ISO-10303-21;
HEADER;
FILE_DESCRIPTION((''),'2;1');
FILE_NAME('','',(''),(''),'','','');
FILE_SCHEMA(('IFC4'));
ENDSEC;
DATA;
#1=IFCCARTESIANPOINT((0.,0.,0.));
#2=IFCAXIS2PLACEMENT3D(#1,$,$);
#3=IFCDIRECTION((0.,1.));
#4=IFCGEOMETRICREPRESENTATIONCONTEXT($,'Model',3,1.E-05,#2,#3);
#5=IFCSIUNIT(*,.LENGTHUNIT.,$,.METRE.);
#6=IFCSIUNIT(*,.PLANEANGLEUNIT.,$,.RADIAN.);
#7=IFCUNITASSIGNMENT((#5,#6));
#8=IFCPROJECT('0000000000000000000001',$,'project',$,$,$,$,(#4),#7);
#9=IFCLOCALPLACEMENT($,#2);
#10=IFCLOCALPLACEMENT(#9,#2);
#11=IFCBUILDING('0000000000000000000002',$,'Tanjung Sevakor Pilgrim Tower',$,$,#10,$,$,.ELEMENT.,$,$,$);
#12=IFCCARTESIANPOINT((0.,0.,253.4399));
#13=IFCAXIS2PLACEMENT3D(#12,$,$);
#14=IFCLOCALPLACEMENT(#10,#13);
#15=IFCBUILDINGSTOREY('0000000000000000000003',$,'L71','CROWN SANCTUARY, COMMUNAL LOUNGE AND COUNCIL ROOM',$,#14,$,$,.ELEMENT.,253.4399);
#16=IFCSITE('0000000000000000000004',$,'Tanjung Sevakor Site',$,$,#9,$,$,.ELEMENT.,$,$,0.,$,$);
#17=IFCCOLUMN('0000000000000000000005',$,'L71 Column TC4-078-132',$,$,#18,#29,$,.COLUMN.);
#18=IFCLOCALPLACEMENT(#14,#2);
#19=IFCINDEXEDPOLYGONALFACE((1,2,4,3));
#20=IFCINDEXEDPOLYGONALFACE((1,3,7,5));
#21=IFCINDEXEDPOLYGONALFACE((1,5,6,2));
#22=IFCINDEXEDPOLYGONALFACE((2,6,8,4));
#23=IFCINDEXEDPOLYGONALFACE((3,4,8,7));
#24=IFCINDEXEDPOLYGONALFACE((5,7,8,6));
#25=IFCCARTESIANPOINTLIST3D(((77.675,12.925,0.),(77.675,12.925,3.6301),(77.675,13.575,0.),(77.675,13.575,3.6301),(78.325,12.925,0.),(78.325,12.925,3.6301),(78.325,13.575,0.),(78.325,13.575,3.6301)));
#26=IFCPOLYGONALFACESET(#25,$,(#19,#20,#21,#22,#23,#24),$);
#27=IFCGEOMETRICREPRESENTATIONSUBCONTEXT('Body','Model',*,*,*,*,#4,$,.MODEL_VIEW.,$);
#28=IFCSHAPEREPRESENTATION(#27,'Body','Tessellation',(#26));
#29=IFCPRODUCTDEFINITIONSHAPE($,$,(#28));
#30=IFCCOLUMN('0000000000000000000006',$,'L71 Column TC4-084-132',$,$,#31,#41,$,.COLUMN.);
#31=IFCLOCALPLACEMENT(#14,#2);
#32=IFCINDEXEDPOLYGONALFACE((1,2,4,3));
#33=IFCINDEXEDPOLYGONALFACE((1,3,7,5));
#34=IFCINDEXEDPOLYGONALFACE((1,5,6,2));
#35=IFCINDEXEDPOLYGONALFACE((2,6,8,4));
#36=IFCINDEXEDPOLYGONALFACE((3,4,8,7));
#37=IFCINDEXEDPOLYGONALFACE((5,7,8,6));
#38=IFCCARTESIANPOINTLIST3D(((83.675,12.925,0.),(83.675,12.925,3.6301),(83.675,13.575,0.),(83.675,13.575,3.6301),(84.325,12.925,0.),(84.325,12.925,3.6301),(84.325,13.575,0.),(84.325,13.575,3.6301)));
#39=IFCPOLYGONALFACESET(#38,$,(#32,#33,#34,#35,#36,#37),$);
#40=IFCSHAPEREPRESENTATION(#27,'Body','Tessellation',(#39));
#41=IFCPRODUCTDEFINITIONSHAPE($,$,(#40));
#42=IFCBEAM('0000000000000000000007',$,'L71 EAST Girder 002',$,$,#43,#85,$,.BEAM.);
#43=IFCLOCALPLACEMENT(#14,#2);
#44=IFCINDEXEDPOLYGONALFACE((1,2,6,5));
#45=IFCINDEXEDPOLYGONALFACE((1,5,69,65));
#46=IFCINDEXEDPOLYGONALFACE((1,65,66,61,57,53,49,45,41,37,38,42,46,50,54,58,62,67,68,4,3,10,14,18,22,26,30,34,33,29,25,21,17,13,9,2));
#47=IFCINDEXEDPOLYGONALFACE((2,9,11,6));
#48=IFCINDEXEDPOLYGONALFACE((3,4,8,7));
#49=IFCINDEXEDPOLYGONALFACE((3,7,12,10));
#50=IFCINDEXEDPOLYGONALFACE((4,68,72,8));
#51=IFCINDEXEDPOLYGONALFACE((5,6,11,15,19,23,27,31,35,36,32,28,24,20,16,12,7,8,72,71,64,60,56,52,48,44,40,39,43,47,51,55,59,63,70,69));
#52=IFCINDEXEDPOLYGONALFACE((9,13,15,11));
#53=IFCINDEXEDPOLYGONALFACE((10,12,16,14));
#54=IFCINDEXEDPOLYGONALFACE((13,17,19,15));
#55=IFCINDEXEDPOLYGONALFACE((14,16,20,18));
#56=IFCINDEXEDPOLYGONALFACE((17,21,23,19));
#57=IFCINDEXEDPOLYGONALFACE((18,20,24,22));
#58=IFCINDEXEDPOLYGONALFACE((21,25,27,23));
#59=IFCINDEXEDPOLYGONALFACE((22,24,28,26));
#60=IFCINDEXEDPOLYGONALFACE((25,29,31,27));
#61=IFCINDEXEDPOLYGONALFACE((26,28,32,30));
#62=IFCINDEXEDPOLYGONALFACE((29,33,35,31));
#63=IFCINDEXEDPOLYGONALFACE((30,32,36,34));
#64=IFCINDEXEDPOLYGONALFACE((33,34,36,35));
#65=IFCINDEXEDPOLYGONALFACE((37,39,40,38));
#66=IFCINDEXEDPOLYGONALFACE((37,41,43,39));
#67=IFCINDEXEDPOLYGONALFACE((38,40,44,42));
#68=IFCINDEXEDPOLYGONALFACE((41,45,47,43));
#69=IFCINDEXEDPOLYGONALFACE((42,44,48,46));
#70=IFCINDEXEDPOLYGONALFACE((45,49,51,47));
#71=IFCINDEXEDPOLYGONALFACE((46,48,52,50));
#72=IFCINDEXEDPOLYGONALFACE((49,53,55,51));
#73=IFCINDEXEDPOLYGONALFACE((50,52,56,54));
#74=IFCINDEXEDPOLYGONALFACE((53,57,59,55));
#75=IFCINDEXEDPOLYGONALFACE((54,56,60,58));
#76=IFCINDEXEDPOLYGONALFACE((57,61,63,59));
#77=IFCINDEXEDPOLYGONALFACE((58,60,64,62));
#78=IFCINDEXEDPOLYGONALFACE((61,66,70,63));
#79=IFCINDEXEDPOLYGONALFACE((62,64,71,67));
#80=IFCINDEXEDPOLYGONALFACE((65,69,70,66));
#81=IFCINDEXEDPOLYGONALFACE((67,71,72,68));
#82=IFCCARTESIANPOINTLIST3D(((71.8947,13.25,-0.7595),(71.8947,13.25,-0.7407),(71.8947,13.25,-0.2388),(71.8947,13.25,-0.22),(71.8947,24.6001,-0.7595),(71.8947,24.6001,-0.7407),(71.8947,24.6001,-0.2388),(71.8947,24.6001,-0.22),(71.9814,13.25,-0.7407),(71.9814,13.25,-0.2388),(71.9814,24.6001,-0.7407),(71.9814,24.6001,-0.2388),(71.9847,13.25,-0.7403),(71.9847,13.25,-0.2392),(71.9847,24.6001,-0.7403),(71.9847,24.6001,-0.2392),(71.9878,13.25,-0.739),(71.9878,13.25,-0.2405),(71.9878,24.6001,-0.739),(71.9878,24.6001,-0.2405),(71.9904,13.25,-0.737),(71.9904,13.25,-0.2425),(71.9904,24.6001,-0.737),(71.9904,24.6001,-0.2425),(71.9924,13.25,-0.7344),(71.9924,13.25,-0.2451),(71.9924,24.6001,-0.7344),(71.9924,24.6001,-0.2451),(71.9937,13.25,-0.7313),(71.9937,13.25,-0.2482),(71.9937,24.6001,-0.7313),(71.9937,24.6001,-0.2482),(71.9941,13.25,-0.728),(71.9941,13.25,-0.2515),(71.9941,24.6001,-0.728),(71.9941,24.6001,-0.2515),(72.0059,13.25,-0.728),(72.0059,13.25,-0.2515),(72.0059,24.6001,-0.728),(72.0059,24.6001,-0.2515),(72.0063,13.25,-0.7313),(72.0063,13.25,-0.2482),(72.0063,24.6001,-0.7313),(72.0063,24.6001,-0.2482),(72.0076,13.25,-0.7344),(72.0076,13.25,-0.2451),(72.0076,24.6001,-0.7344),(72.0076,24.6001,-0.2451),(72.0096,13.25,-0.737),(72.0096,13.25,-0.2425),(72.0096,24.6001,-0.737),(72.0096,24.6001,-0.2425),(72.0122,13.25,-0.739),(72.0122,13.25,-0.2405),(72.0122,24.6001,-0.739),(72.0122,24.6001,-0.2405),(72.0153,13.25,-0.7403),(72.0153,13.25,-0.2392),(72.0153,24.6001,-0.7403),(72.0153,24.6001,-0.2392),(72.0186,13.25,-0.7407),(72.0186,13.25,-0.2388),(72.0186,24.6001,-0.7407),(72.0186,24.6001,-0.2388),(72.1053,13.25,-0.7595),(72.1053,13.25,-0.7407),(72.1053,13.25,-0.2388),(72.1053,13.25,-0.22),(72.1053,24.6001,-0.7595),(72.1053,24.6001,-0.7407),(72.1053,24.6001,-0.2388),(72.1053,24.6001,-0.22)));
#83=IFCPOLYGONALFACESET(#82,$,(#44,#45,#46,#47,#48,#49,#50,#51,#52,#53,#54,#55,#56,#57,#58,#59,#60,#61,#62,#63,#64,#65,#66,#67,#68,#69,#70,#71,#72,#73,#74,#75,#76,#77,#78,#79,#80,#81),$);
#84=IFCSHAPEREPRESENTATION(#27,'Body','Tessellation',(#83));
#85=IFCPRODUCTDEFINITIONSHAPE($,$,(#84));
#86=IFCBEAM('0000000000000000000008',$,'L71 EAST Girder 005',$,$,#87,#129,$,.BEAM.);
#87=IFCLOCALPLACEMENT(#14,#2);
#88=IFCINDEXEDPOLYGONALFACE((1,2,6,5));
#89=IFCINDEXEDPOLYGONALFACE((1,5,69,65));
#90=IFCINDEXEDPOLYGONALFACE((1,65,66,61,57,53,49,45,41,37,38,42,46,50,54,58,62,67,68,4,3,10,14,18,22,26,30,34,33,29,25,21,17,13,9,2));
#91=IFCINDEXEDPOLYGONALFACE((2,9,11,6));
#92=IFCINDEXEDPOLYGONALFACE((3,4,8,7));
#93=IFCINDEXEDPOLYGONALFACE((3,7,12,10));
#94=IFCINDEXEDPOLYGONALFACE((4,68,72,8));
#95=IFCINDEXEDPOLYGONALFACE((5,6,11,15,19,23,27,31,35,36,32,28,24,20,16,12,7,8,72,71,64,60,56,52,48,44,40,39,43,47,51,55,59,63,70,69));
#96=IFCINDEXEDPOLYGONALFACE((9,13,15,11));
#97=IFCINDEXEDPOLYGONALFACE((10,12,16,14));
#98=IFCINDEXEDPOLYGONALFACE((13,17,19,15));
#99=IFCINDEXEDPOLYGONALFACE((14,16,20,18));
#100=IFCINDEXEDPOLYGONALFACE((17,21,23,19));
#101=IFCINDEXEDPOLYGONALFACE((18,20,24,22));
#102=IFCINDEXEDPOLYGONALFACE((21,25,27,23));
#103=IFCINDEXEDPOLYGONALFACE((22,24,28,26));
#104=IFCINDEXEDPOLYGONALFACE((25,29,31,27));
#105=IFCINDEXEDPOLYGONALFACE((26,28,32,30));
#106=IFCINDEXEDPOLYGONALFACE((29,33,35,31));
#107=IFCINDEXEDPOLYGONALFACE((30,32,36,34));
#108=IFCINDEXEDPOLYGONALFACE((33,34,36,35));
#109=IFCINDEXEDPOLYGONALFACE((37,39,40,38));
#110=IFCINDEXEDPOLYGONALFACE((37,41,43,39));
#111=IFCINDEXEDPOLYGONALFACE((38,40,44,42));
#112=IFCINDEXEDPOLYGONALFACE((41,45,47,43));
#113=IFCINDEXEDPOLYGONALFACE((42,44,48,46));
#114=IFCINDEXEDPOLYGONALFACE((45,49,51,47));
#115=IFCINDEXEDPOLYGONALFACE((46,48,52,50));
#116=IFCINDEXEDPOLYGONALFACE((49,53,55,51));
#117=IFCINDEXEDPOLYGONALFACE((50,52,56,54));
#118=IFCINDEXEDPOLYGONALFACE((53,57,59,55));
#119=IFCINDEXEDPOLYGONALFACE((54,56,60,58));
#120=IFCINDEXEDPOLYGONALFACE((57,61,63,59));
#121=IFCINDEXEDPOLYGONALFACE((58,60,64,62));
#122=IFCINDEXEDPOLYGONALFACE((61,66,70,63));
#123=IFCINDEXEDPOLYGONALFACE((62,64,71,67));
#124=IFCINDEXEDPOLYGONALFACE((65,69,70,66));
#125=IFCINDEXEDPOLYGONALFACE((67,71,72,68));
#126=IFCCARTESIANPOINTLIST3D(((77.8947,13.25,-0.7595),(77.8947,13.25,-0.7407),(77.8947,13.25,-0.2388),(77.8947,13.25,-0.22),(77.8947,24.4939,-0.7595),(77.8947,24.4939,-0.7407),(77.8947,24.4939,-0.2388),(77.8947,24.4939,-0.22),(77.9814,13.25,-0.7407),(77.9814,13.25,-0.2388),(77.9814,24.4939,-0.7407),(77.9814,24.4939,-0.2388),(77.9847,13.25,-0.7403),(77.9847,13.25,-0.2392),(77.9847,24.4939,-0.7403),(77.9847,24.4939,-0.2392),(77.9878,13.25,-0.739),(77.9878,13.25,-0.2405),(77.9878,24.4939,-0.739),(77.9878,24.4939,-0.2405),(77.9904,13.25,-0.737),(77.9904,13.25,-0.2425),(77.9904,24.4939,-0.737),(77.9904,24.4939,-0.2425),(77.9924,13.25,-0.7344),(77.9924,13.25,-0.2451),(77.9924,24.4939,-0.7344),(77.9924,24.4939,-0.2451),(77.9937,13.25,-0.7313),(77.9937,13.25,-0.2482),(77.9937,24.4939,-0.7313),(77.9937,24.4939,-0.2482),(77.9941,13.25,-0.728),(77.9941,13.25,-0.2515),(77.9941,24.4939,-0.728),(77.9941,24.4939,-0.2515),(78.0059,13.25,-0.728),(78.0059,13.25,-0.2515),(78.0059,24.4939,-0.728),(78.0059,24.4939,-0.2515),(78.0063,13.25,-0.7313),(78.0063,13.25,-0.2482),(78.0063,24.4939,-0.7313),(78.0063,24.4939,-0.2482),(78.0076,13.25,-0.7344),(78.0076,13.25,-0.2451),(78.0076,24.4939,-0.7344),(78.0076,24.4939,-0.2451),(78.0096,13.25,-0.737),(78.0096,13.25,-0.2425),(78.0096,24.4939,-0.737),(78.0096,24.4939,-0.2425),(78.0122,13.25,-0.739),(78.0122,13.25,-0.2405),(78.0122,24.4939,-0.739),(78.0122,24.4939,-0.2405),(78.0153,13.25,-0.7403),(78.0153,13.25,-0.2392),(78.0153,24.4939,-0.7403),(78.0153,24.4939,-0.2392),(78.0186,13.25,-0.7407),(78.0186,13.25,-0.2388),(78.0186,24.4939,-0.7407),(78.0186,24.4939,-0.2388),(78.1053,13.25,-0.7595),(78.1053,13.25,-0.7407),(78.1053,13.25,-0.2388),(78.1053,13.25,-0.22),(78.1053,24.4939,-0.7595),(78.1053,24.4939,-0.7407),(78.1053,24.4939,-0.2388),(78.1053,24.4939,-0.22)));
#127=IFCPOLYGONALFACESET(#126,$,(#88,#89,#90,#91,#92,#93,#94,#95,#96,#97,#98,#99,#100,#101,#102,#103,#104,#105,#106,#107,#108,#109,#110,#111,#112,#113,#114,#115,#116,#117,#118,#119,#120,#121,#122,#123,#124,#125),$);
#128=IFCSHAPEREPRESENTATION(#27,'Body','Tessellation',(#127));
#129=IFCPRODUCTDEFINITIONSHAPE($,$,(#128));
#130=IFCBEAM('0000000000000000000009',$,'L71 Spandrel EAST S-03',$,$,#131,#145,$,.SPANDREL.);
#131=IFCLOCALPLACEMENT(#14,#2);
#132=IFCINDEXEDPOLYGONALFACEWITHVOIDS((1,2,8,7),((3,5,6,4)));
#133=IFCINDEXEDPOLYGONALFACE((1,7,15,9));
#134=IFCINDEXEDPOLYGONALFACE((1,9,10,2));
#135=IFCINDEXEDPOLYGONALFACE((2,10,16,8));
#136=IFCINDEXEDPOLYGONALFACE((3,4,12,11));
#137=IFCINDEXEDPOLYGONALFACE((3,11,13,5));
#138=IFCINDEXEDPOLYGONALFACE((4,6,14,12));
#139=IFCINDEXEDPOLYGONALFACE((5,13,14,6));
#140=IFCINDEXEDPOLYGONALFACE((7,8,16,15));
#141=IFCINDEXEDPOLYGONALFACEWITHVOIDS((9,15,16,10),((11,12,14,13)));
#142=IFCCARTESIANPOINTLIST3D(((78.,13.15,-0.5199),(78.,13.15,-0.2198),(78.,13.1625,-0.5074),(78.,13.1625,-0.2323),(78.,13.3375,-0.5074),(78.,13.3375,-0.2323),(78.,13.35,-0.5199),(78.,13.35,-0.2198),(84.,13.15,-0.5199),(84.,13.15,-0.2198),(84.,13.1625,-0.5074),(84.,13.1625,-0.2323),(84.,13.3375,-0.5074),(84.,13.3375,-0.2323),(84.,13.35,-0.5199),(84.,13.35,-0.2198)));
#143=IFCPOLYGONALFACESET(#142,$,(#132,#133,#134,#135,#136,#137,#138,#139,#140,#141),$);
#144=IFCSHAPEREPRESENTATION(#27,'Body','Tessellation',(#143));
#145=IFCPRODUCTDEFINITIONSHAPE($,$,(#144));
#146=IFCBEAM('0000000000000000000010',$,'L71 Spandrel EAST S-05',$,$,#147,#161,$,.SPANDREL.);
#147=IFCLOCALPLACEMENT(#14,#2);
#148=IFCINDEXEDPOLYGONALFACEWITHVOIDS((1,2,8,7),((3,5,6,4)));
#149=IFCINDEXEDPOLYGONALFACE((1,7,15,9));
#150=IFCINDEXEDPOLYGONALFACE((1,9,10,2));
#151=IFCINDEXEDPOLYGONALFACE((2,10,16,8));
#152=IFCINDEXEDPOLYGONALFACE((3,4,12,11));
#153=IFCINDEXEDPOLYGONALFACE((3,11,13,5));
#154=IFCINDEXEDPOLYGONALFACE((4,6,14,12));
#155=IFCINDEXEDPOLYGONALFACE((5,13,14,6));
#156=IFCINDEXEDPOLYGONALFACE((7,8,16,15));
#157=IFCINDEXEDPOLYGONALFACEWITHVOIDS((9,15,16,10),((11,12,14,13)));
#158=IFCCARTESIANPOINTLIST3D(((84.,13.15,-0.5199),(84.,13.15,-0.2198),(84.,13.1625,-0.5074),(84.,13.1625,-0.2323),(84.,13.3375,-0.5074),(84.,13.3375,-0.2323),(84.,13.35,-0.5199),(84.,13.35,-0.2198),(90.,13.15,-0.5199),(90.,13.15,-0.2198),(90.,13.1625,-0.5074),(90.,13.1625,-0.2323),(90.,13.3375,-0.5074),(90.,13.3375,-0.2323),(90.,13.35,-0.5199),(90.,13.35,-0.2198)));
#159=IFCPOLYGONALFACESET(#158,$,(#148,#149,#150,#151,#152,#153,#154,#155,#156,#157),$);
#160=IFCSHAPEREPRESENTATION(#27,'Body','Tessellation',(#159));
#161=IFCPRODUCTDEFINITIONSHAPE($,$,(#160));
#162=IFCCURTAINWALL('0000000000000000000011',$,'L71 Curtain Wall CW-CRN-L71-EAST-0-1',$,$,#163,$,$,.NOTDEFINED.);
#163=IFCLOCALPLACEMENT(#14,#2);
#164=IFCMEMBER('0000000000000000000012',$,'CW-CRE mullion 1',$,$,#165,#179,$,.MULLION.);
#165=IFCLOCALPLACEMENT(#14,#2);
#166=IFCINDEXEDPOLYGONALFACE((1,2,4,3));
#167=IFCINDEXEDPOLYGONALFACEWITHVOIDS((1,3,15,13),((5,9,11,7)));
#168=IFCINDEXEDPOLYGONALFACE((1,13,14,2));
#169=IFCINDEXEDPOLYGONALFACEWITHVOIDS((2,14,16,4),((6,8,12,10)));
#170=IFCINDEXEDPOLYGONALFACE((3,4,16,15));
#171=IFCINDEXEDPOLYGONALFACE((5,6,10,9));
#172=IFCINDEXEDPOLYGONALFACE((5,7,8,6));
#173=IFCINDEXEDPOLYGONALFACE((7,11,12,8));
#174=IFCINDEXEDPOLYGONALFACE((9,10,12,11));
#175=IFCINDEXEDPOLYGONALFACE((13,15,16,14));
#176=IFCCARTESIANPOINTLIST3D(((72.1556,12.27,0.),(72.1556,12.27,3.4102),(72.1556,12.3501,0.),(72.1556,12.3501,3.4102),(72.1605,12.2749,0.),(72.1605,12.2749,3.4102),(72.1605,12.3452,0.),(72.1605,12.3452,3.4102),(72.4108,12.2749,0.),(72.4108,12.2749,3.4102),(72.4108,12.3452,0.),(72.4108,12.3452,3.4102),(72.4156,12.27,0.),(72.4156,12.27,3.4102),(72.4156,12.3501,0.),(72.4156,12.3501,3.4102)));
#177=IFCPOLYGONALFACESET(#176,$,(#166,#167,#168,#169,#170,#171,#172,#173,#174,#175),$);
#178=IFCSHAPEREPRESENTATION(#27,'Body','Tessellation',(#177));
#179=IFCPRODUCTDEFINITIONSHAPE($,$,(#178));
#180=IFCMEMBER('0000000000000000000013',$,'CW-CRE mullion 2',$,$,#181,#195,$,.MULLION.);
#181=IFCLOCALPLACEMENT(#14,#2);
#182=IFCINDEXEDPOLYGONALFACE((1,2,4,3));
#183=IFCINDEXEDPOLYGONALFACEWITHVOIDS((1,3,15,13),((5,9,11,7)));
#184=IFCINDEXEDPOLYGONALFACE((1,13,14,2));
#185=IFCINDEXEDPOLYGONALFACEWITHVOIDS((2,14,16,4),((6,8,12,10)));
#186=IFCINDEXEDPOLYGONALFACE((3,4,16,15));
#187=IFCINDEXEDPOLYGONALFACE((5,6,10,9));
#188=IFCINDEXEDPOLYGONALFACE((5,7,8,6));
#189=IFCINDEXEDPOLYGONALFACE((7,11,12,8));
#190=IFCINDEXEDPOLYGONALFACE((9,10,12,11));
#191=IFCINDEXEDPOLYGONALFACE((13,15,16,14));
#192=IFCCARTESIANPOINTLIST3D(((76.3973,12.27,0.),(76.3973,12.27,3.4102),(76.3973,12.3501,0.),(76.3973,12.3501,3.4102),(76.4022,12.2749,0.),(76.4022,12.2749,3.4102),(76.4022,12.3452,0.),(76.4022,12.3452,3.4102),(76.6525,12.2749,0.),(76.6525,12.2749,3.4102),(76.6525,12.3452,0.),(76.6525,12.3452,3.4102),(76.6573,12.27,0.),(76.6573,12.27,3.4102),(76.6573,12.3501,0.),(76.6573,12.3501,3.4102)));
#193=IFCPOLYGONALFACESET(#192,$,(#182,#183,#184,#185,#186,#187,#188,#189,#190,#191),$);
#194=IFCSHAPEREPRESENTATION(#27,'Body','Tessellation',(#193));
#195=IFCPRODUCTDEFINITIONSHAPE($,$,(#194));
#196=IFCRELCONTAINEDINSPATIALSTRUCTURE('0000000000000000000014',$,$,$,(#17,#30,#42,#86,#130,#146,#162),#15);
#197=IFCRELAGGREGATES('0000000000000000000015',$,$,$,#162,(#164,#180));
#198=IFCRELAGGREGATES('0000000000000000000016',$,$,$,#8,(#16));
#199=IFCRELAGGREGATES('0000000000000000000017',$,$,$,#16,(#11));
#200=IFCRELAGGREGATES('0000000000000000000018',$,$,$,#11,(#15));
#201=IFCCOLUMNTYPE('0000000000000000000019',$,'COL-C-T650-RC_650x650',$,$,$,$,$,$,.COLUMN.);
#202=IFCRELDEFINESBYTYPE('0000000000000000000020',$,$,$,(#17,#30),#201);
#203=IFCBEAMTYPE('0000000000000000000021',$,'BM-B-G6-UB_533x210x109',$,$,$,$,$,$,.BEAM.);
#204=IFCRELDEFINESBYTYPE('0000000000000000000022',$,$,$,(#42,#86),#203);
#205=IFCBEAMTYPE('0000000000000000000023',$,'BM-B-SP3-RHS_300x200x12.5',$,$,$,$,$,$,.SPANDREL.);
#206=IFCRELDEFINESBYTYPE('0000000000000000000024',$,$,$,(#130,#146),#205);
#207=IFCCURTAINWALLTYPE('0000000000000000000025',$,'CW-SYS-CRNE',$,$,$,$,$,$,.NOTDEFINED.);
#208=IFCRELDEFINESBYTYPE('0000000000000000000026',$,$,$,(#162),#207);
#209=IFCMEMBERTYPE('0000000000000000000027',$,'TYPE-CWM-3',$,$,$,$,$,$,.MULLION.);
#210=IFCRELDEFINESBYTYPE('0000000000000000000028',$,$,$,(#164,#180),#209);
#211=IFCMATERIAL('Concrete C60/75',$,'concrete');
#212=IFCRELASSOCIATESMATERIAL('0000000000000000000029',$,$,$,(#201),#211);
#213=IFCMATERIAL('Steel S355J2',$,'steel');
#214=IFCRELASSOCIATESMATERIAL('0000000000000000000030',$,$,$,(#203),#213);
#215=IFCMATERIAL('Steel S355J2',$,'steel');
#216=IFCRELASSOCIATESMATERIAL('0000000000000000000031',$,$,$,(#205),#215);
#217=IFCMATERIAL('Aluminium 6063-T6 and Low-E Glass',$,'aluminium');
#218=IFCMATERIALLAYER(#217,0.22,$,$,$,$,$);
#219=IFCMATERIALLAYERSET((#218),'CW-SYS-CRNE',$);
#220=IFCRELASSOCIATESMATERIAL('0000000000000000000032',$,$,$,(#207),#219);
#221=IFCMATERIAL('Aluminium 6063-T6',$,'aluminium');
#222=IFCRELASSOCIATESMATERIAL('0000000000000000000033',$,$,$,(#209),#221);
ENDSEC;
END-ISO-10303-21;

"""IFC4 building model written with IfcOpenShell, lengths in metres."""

from ifc_helpers import new_model, si_unit, direction, frame, origin, origin_2d, place, context, subcontext, project, spatial, rectangle, hollow_rectangle, i_section, extrude, material, layer, layer_set, material_profile, profile_set, type_object, element, aggregate, save


model = new_model("IFC4")

# Units and contexts
model_context = context("Model", 3, precision=1e-05, world=origin(), true_north=direction((0.0, 1.0)))
body_context = subcontext(model_context, "Body", "Model", "MODEL_VIEW")
ifc_project = project(units=[si_unit("LENGTHUNIT", "METRE"), si_unit("PLANEANGLEUNIT", "RADIAN")], contexts=[model_context])

# Site, building, storey
site_placement = place(None, origin())
site = spatial("IfcSite", under=ifc_project, at=site_placement, Name="Tanjung Sevakor Site", CompositionType="ELEMENT", RefElevation=0.0)
building_placement = place(site_placement, origin())
building = spatial("IfcBuilding", under=site, at=building_placement, Name="Tanjung Sevakor Pilgrim Tower", CompositionType="ELEMENT")
storey_placement = place(building_placement, frame((0.0, 0.0, 253.4399)))
storey = spatial("IfcBuildingStorey", under=building, at=storey_placement, Name="L71", Description="CROWN SANCTUARY, COMMUNAL LOUNGE AND COUNCIL ROOM", CompositionType="ELEMENT", Elevation=253.4399)

# Columns
ifc_material_1 = material(Name="Concrete C60/75", Category="concrete")
ifc_material_profile_1 = material_profile(ifc_material_1, rectangle(XDim=0.6499, YDim=0.6499, at=origin_2d()))
ifc_profile_set_1 = profile_set([ifc_material_profile_1], Name="Concrete C60/75")
column_type = type_object("IfcColumnType", Name="COL-C-T650-RC_650x650", PredefinedType="COLUMN", material=ifc_profile_set_1)
for number, where, z_axis, x_axis, name in (
    (1, (78.0, 13.25, 0.0), (0.0, 0.0, 1.0), (1.0, 0.0, 0.0), "L71 Column TC4-078-132"),
    (2, (84.0, 13.25, 0.0), (0.0, 0.0, 1.0), (1.0, 0.0, 0.0), "L71 Column TC4-084-132"),
):
    element("IfcColumn", number, at=place(storey_placement, frame(where, z_axis=z_axis, x_axis=x_axis)), inside=storey, type_object=column_type, Name=name, PredefinedType="COLUMN", context=body_context, shape_type="SweptSolid", body=[
        extrude(rectangle(XDim=0.6499, YDim=0.6499, at=origin_2d()), origin(), (0.0, 0.0, 1.0), 3.6301),
    ])

# Beams
ifc_material_2 = material(Name="Steel S355J2", Category="steel")
ifc_material_profile_2 = material_profile(ifc_material_2, i_section(OverallWidth=0.2107, OverallDepth=0.5396, WebThickness=0.0117, FlangeThickness=0.0188, FilletRadius=0.0127, at=origin_2d()))
ifc_profile_set_2 = profile_set([ifc_material_profile_2], Name="Steel S355J2")
beam_type_1 = type_object("IfcBeamType", Name="BM-B-G6-UB_533x210x109", PredefinedType="BEAM", material=ifc_profile_set_2)
beam_1_placement = place(storey_placement, frame((72.0, 13.25, -0.4897), z_axis=(0.0, 1.0, 0.0), x_axis=(-1.0, 0.0, 0.0)))
element("IfcBeam", 3, at=beam_1_placement, inside=storey, type_object=beam_type_1, Name="L71 EAST Girder 002", PredefinedType="BEAM", context=body_context, shape_type="SweptSolid", body=[
    extrude(i_section(OverallWidth=0.2107, OverallDepth=0.5396, WebThickness=0.0117, FlangeThickness=0.0188, FilletRadius=0.0127, at=origin_2d()), origin(), (0.0, 0.0, 1.0), 11.3501),
])
beam_2_placement = place(storey_placement, frame((78.0, 13.25, -0.4897), z_axis=(0.0, 1.0, 0.0), x_axis=(-1.0, 0.0, 0.0)))
element("IfcBeam", 4, at=beam_2_placement, inside=storey, type_object=beam_type_1, Name="L71 EAST Girder 005", PredefinedType="BEAM", context=body_context, shape_type="SweptSolid", body=[
    extrude(i_section(OverallWidth=0.2107, OverallDepth=0.5396, WebThickness=0.0117, FlangeThickness=0.0188, FilletRadius=0.0127, at=origin_2d()), origin(), (0.0, 0.0, 1.0), 11.2439),
])
ifc_material_3 = material(Name="Steel S355J2", Category="steel")
ifc_material_profile_3 = material_profile(ifc_material_3, hollow_rectangle(XDim=0.2, YDim=0.3, WallThickness=0.0125, at=origin_2d()))
ifc_profile_set_3 = profile_set([ifc_material_profile_3], Name="Steel S355J2")
beam_type_2 = type_object("IfcBeamType", Name="BM-B-SP3-RHS_300x200x12.5", PredefinedType="SPANDREL", material=ifc_profile_set_3)
for number, where, z_axis, x_axis, name in (
    (5, (78.0, 13.25, -0.3699), (1.0, 0.0, 0.0), (0.0, 1.0, 0.0), "L71 Spandrel EAST S-03"),
    (6, (84.0, 13.25, -0.3699), (1.0, 0.0, 0.0), (0.0, 1.0, 0.0), "L71 Spandrel EAST S-05"),
):
    element("IfcBeam", number, at=place(storey_placement, frame(where, z_axis=z_axis, x_axis=x_axis)), inside=storey, type_object=beam_type_2, Name=name, PredefinedType="SPANDREL", context=body_context, shape_type="SweptSolid", body=[
        extrude(hollow_rectangle(XDim=0.2, YDim=0.3, WallThickness=0.0125, at=origin_2d()), origin(), (0.0, 0.0, 1.0), 6.0),
    ])

# Curtain wall, members
ifc_material_4 = material(Name="Aluminium 6063-T6 and Low-E Glass", Category="aluminium")
ifc_layer_1 = layer(ifc_material_4, 0.22)
ifc_layer_set_1 = layer_set([ifc_layer_1], Name="CW-SYS-CRNE")
curtain_wall_type = type_object("IfcCurtainWallType", Name="CW-SYS-CRNE", PredefinedType="NOTDEFINED", material=ifc_layer_set_1)
curtain_wall_placement = place(storey_placement, origin())
curtain_wall = element("IfcCurtainWall", 7, at=curtain_wall_placement, inside=storey, type_object=curtain_wall_type, Name="L71 Curtain Wall CW-CRN-L71-EAST-0-1", PredefinedType="NOTDEFINED")
ifc_material_5 = material(Name="Aluminium 6063-T6", Category="aluminium")
ifc_material_profile_4 = material_profile(ifc_material_5, hollow_rectangle(XDim=0.0801, YDim=0.26, WallThickness=0.0049, at=origin_2d()))
ifc_profile_set_4 = profile_set([ifc_material_profile_4], Name="Aluminium 6063-T6")
member_type_1 = type_object("IfcMemberType", Name="TYPE-CWM-3", PredefinedType="MULLION", material=ifc_profile_set_4)
member_1_placement = place(storey_placement, frame((72.2856, 12.3101, 0.0), z_axis=(0.0, 0.0, 1.0), x_axis=(0.0, 1.0, 0.0)))
member_1 = element("IfcMember", 8, at=member_1_placement, type_object=member_type_1, Name="CW-CRE mullion 1", PredefinedType="MULLION", context=body_context, shape_type="SweptSolid", body=[
    extrude(hollow_rectangle(XDim=0.0801, YDim=0.26, WallThickness=0.0049, at=origin_2d()), origin(), (0.0, 0.0, 1.0), 3.4102),
])
member_2_placement = place(storey_placement, frame((76.5273, 12.3101, 0.0), z_axis=(0.0, 0.0, 1.0), x_axis=(0.0, 1.0, 0.0)))
member_2 = element("IfcMember", 9, at=member_2_placement, type_object=member_type_1, Name="CW-CRE mullion 2", PredefinedType="MULLION", context=body_context, shape_type="SweptSolid", body=[
    extrude(hollow_rectangle(XDim=0.0801, YDim=0.26, WallThickness=0.0049, at=origin_2d()), origin(), (0.0, 0.0, 1.0), 3.4102),
])
aggregate(curtain_wall, [member_1, member_2])

save(model, "model.ifc")
